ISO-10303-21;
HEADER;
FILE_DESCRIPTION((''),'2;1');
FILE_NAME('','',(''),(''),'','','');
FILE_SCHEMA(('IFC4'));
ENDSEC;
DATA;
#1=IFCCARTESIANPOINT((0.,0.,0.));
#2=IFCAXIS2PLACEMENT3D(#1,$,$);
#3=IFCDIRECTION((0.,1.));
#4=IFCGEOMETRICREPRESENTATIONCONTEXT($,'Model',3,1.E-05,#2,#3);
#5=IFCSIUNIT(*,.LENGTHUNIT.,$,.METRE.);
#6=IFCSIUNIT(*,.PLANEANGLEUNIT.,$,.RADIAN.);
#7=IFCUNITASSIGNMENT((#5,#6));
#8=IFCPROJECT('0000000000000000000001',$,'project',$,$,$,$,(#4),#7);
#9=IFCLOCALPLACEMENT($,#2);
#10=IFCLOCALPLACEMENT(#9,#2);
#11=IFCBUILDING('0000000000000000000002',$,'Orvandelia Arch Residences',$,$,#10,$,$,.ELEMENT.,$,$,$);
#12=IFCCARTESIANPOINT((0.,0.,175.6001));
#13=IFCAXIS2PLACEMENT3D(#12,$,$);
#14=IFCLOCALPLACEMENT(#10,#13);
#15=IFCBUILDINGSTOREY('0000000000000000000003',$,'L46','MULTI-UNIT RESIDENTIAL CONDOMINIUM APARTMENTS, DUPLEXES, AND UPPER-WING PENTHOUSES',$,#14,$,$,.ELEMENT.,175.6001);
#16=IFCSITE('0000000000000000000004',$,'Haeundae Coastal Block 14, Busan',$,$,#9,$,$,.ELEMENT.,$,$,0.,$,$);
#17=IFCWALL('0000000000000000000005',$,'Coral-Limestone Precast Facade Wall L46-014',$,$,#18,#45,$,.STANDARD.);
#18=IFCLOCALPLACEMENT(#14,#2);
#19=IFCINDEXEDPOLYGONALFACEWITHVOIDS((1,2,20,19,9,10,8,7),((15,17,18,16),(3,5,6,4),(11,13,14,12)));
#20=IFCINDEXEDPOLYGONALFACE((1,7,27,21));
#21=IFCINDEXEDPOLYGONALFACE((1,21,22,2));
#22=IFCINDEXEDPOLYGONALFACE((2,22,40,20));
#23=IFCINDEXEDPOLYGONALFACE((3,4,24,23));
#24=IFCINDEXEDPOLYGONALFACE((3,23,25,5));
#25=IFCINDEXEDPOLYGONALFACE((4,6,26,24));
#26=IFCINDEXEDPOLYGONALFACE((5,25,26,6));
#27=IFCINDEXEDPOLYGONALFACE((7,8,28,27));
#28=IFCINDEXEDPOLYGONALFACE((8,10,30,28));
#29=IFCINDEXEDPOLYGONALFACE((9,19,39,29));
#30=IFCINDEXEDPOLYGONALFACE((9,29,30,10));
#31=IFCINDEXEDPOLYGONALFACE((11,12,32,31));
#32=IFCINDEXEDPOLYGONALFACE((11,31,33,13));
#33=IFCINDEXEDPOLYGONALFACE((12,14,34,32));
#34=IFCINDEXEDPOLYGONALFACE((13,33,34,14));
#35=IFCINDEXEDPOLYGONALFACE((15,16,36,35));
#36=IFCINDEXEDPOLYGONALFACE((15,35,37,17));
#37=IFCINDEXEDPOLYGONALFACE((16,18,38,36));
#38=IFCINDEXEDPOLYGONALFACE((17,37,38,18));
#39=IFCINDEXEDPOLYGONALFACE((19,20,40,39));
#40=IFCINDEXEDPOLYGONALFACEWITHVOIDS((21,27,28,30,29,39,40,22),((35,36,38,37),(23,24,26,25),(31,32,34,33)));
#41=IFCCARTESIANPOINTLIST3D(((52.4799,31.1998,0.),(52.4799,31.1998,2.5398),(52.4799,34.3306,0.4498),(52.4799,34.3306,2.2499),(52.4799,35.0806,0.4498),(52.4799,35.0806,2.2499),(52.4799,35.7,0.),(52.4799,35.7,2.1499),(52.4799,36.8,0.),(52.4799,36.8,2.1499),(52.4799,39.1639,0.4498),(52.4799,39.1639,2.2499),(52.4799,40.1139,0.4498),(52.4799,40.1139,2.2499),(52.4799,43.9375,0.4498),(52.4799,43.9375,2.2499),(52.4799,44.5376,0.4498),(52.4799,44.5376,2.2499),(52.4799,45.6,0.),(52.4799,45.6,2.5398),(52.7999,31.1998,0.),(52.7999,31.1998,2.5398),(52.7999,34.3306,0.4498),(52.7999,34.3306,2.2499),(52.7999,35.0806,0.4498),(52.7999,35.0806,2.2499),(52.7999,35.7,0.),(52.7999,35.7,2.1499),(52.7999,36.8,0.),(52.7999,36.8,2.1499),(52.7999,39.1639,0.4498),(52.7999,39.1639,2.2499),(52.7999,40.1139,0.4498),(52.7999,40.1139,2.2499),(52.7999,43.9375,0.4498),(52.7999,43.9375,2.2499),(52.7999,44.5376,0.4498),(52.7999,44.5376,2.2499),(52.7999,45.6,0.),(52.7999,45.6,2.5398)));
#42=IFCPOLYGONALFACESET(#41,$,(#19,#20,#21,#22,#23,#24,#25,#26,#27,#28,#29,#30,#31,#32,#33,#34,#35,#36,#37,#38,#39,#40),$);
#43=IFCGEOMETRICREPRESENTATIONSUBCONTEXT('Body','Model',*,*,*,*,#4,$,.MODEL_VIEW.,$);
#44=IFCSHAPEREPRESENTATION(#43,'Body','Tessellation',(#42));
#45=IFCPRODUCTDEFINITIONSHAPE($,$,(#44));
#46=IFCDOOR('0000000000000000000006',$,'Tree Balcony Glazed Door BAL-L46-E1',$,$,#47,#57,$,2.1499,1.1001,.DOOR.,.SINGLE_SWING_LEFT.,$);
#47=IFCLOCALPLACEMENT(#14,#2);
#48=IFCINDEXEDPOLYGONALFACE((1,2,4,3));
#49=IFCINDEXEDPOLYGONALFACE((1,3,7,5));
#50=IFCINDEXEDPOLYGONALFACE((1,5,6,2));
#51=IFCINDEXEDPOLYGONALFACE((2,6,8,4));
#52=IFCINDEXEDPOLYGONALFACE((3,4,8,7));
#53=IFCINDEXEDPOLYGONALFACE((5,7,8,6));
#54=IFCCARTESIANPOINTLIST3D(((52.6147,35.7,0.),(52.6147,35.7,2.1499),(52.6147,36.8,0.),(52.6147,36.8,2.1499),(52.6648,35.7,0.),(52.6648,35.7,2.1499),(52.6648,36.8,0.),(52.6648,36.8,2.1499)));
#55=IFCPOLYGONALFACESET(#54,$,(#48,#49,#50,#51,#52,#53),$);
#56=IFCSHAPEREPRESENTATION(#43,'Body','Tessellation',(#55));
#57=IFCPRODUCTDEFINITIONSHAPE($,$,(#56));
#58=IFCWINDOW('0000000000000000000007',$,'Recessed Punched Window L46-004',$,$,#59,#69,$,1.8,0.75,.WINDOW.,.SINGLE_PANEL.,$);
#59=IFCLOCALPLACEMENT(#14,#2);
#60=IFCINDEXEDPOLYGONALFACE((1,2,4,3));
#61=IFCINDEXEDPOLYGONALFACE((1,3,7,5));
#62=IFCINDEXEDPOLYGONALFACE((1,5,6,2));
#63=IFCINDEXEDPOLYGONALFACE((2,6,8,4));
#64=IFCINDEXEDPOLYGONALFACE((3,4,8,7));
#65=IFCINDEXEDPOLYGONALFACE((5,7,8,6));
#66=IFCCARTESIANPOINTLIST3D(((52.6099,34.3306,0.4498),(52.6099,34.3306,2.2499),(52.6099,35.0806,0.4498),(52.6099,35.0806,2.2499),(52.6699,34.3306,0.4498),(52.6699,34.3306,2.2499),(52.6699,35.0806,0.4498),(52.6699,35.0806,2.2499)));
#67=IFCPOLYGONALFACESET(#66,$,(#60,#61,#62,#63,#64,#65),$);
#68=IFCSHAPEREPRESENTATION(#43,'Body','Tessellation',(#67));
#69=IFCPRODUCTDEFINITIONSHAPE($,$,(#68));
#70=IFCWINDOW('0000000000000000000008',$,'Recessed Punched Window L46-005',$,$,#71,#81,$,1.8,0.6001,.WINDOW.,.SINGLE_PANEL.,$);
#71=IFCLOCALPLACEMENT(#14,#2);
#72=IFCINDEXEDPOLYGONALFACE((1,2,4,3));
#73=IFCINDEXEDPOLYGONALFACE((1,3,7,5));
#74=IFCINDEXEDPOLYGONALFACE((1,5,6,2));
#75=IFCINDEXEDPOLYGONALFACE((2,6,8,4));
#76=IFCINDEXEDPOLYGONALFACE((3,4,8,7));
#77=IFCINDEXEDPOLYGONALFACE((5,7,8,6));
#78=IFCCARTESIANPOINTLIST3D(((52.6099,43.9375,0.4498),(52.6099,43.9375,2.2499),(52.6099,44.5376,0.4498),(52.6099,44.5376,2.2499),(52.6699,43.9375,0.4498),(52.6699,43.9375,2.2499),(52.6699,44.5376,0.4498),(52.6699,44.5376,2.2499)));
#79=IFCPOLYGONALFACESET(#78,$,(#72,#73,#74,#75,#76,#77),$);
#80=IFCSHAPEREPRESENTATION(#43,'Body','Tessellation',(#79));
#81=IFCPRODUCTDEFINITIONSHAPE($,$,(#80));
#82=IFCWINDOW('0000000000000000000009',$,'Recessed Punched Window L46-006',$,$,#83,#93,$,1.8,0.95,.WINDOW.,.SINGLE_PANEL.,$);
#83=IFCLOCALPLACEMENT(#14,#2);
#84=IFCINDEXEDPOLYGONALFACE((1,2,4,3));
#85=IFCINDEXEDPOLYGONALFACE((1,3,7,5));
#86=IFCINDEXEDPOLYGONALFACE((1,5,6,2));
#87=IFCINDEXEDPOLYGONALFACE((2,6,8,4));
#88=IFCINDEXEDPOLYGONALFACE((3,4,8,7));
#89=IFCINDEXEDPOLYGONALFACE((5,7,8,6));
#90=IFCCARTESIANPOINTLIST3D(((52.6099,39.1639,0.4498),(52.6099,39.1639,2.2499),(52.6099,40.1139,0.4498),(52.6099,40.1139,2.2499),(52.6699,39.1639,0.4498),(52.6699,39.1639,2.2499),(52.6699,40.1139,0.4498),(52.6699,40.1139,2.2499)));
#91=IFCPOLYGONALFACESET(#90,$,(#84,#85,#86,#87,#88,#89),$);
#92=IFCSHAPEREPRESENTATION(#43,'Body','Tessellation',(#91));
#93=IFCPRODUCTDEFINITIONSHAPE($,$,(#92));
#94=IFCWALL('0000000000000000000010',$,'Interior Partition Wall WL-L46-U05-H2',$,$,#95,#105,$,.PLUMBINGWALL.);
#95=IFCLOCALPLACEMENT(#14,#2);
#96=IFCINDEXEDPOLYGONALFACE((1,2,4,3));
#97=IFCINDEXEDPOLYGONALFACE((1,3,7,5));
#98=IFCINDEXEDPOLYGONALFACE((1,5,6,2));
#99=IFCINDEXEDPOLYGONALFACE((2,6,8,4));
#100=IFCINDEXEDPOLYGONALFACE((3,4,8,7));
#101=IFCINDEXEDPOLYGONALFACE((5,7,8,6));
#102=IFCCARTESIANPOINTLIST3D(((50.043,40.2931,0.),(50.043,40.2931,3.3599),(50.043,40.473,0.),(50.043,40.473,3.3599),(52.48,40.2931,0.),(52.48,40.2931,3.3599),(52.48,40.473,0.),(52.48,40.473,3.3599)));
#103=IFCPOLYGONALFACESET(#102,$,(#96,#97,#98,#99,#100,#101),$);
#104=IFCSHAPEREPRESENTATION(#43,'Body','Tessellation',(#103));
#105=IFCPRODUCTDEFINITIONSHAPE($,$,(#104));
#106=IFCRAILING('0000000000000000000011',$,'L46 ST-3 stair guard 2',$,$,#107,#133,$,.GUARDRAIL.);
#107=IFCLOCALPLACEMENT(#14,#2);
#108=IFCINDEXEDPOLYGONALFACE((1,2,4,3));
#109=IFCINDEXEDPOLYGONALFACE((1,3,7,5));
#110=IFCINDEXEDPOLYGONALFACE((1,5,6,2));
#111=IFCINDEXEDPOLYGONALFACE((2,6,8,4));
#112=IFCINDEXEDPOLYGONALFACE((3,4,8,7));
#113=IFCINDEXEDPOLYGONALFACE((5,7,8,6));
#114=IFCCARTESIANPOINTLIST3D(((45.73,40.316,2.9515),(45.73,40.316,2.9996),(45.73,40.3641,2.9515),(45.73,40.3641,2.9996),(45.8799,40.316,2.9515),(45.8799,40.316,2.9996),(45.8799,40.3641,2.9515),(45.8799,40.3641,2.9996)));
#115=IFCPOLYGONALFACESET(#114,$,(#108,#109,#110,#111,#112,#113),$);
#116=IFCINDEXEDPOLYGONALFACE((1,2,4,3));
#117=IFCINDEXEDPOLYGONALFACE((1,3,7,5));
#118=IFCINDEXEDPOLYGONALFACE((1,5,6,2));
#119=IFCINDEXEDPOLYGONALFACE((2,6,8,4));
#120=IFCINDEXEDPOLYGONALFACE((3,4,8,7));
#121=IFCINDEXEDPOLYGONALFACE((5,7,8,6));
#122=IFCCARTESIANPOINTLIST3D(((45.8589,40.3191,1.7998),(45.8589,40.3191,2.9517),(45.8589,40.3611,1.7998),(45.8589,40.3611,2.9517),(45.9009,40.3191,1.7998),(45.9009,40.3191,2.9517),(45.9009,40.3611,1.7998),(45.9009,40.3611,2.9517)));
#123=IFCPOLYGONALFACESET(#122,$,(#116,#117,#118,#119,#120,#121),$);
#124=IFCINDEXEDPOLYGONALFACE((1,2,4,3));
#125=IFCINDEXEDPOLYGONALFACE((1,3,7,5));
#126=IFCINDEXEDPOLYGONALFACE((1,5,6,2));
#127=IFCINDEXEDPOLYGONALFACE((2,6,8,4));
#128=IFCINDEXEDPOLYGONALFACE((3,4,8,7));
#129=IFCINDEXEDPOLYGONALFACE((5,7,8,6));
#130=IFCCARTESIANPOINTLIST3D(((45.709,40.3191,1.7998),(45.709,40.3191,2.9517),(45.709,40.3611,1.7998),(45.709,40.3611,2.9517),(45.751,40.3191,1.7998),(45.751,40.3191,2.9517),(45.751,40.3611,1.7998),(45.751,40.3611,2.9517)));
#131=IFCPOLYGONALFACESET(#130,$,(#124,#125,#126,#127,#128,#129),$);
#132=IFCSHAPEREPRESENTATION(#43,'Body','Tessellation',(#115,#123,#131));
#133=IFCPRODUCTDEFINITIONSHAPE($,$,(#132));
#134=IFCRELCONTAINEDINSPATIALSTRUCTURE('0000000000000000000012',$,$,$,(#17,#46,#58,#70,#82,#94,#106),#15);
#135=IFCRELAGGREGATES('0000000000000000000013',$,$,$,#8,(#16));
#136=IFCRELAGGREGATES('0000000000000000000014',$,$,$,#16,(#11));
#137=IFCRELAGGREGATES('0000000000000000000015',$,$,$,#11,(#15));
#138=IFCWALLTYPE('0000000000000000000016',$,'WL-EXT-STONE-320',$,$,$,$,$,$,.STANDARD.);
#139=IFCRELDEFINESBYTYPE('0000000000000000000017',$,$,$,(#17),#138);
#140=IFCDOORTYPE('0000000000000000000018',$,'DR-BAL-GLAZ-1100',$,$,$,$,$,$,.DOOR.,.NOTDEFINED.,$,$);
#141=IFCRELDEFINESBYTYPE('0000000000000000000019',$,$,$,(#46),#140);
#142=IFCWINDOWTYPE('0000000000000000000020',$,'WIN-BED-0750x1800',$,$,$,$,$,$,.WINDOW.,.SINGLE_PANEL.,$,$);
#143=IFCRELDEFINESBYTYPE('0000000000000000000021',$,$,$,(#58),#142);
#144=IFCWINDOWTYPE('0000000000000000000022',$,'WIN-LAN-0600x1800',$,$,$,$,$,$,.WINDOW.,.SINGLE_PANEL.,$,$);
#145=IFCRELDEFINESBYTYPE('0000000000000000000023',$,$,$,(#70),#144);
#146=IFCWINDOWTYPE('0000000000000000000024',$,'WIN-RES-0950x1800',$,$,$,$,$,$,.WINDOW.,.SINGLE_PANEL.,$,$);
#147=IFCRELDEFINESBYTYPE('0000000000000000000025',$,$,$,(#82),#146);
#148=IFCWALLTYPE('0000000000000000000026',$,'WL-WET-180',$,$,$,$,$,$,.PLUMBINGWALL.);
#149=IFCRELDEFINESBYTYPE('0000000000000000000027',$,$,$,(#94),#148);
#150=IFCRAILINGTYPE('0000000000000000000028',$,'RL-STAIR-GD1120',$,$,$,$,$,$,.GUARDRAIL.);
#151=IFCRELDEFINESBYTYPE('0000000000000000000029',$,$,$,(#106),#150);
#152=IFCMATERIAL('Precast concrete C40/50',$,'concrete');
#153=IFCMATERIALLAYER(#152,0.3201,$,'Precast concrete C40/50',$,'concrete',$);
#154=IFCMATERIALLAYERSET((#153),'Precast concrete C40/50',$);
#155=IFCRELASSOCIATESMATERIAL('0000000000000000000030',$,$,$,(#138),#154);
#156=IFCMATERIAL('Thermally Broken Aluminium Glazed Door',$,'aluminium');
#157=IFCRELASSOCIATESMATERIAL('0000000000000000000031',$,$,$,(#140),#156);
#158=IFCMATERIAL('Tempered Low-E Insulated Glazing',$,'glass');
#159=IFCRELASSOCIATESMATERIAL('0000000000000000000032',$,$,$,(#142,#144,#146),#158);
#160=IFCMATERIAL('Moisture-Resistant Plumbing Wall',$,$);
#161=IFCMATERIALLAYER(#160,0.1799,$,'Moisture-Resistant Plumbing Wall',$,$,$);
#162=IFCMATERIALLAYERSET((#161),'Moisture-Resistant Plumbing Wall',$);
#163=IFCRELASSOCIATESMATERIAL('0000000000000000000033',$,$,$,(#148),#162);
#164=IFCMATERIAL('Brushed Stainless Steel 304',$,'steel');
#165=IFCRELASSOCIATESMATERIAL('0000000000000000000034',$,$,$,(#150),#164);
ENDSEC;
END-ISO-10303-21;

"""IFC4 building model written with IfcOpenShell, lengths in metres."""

from ifc_helpers import new_model, si_unit, direction, frame, frame_2d, origin, origin_2d, place, context, subcontext, project, spatial, rectangle, extrude, material, layer, layer_set, type_object, element, fill, save


model = new_model("IFC4")

# Units and contexts
model_context = context("Model", 3, precision=1e-05, world=origin(), true_north=direction((0.0, 1.0)))
body_context = subcontext(model_context, "Body", "Model", "MODEL_VIEW")
ifc_project = project(units=[si_unit("LENGTHUNIT", "METRE"), si_unit("PLANEANGLEUNIT", "RADIAN")], contexts=[model_context])

# Site, building, storey
site_placement = place(None, origin())
site = spatial("IfcSite", under=ifc_project, at=site_placement, Name="Haeundae Coastal Block 14, Busan", CompositionType="ELEMENT", RefElevation=0.0)
building_placement = place(site_placement, origin())
building = spatial("IfcBuilding", under=site, at=building_placement, Name="Orvandelia Arch Residences", CompositionType="ELEMENT")
storey_placement = place(building_placement, frame((0.0, 0.0, 175.6001)))
storey = spatial("IfcBuildingStorey", under=building, at=storey_placement, Name="L46", Description="MULTI-UNIT RESIDENTIAL CONDOMINIUM APARTMENTS, DUPLEXES, AND UPPER-WING PENTHOUSES", CompositionType="ELEMENT", Elevation=175.6001)

# Shared definitions
ifc_material_1 = material(Name="Precast concrete C40/50", Category="concrete")
ifc_layer_1 = layer(ifc_material_1, 0.3201, Name="Precast concrete C40/50", Category="concrete")
ifc_layer_set_1 = layer_set([ifc_layer_1], Name="Precast concrete C40/50")
wall_type_1 = type_object("IfcWallType", Name="WL-EXT-STONE-320", PredefinedType="STANDARD", material=ifc_layer_set_1)

# Wall, openings, door, windows
wall_1_placement = place(storey_placement, frame((52.6399, 45.6001, 0.0), z_axis=(0.0, 0.0, 1.0), x_axis=(0.0, -1.0, 0.0)))
wall_1 = element("IfcWall", 1, at=wall_1_placement, inside=storey, type_object=wall_type_1, Name="Coral-Limestone Precast Facade Wall L46-014", PredefinedType="STANDARD", context=body_context, shape_type="SweptSolid", body=[
    extrude(rectangle(XDim=14.4001, YDim=0.3201, at=frame_2d((7.2002, 0.0))), origin(), (0.0, 0.0, 1.0), 2.5398),
])
opening_1_placement = place(wall_1_placement, frame((8.8, 0.0, 0.0)))
opening_1 = element("IfcOpeningElement", 2, at=opening_1_placement, cuts=wall_1, PredefinedType="OPENING", context=body_context, shape_type="SweptSolid", body=[
    extrude(rectangle(XDim=1.1001, YDim=2.1499, at=frame_2d((0.55, 1.075))), frame((0.0, 0.1699, 0.0), z_axis=(0.0, -1.0, 0.0), x_axis=(1.0, 0.0, 0.0)), (0.0, 0.0, 1.0), 0.3401),
])
opening_2_placement = place(wall_1_placement, frame((10.5195, 0.0, 0.45)))
opening_2 = element("IfcOpeningElement", 3, at=opening_2_placement, cuts=wall_1, PredefinedType="OPENING", context=body_context, shape_type="SweptSolid", body=[
    extrude(rectangle(XDim=0.75, YDim=1.8, at=frame_2d((0.375, 0.8999))), frame((0.0, 0.1699, 0.0), z_axis=(0.0, -1.0, 0.0), x_axis=(1.0, 0.0, 0.0)), (0.0, 0.0, 1.0), 0.3401),
])
opening_3_placement = place(wall_1_placement, frame((1.0625, 0.0, 0.45)))
opening_3 = element("IfcOpeningElement", 4, at=opening_3_placement, cuts=wall_1, PredefinedType="OPENING", context=body_context, shape_type="SweptSolid", body=[
    extrude(rectangle(XDim=0.6001, YDim=1.8, at=frame_2d((0.3, 0.8999))), frame((0.0, 0.1699, 0.0), z_axis=(0.0, -1.0, 0.0), x_axis=(1.0, 0.0, 0.0)), (0.0, 0.0, 1.0), 0.3401),
])
opening_4_placement = place(wall_1_placement, frame((5.4861, 0.0, 0.45)))
opening_4 = element("IfcOpeningElement", 5, at=opening_4_placement, cuts=wall_1, PredefinedType="OPENING", context=body_context, shape_type="SweptSolid", body=[
    extrude(rectangle(XDim=0.95, YDim=1.8, at=frame_2d((0.4751, 0.8999))), frame((0.0, 0.1699, 0.0), z_axis=(0.0, -1.0, 0.0), x_axis=(1.0, 0.0, 0.0)), (0.0, 0.0, 1.0), 0.3401),
])
ifc_material_2 = material(Name="Thermally Broken Aluminium Glazed Door", Category="aluminium")
door_type_1 = type_object("IfcDoorType", Name="DR-BAL-GLAZ-1100", OperationType="NOTDEFINED", PredefinedType="DOOR", material=ifc_material_2)
door_1_placement = place(opening_1_placement, origin())
door_1 = element("IfcDoor", 6, at=door_1_placement, inside=storey, type_object=door_type_1, Name="Tree Balcony Glazed Door BAL-L46-E1", OperationType="SINGLE_SWING_LEFT", OverallHeight=2.1499, OverallWidth=1.1001, PredefinedType="DOOR", context=body_context, shape_type="SweptSolid", body=[
    extrude(rectangle(XDim=1.1001, YDim=2.1499, at=frame_2d((0.55, 1.075))), frame((0.0, 0.0249, 0.0), z_axis=(0.0, -1.0, 0.0), x_axis=(1.0, 0.0, 0.0)), (0.0, 0.0, 1.0), 0.05),
])
fill(opening_1, door_1)
ifc_material_3 = material(Name="Tempered Low-E Insulated Glazing", Category="glass")
window_type_1 = type_object("IfcWindowType", Name="WIN-BED-0750x1800", PartitioningType="SINGLE_PANEL", PredefinedType="WINDOW", material=ifc_material_3)
window_1_placement = place(opening_2_placement, origin())
window_1 = element("IfcWindow", 7, at=window_1_placement, inside=storey, type_object=window_type_1, Name="Recessed Punched Window L46-004", OverallHeight=1.8, OverallWidth=0.75, PartitioningType="SINGLE_PANEL", PredefinedType="WINDOW", context=body_context, shape_type="SweptSolid", body=[
    extrude(rectangle(XDim=0.75, YDim=1.8, at=frame_2d((0.375, 0.8999))), frame((0.0, 0.03, 0.0), z_axis=(0.0, -1.0, 0.0), x_axis=(1.0, 0.0, 0.0)), (0.0, 0.0, 1.0), 0.0601),
])
fill(opening_2, window_1)
window_type_2 = type_object("IfcWindowType", Name="WIN-LAN-0600x1800", PartitioningType="SINGLE_PANEL", PredefinedType="WINDOW", material=ifc_material_3)
window_2_placement = place(opening_3_placement, origin())
window_2 = element("IfcWindow", 8, at=window_2_placement, inside=storey, type_object=window_type_2, Name="Recessed Punched Window L46-005", OverallHeight=1.8, OverallWidth=0.6001, PartitioningType="SINGLE_PANEL", PredefinedType="WINDOW", context=body_context, shape_type="SweptSolid", body=[
    extrude(rectangle(XDim=0.6001, YDim=1.8, at=frame_2d((0.3, 0.8999))), frame((0.0, 0.03, 0.0), z_axis=(0.0, -1.0, 0.0), x_axis=(1.0, 0.0, 0.0)), (0.0, 0.0, 1.0), 0.0601),
])
fill(opening_3, window_2)
window_type_3 = type_object("IfcWindowType", Name="WIN-RES-0950x1800", PartitioningType="SINGLE_PANEL", PredefinedType="WINDOW", material=ifc_material_3)
window_3_placement = place(opening_4_placement, origin())
window_3 = element("IfcWindow", 9, at=window_3_placement, inside=storey, type_object=window_type_3, Name="Recessed Punched Window L46-006", OverallHeight=1.8, OverallWidth=0.95, PartitioningType="SINGLE_PANEL", PredefinedType="WINDOW", context=body_context, shape_type="SweptSolid", body=[
    extrude(rectangle(XDim=0.95, YDim=1.8, at=frame_2d((0.4751, 0.8999))), frame((0.0, 0.03, 0.0), z_axis=(0.0, -1.0, 0.0), x_axis=(1.0, 0.0, 0.0)), (0.0, 0.0, 1.0), 0.0601),
])
fill(opening_4, window_3)

# Wall
ifc_material_4 = material(Name="Moisture-Resistant Plumbing Wall")
ifc_layer_2 = layer(ifc_material_4, 0.1799, Name="Moisture-Resistant Plumbing Wall")
ifc_layer_set_2 = layer_set([ifc_layer_2], Name="Moisture-Resistant Plumbing Wall")
wall_type_2 = type_object("IfcWallType", Name="WL-WET-180", PredefinedType="PLUMBINGWALL", material=ifc_layer_set_2)
wall_2_placement = place(storey_placement, frame((50.043, 40.3831, 0.0), z_axis=(0.0, 0.0, 1.0), x_axis=(1.0, 0.0, 0.0)))
element("IfcWall", 10, at=wall_2_placement, inside=storey, type_object=wall_type_2, Name="Interior Partition Wall WL-L46-U05-H2", PredefinedType="PLUMBINGWALL", context=body_context, shape_type="SweptSolid", body=[
    extrude(rectangle(XDim=2.437, YDim=0.1799, at=frame_2d((1.2185, 0.0))), origin(), (0.0, 0.0, 1.0), 3.3599),
])

# Railing
ifc_material_5 = material(Name="Brushed Stainless Steel 304", Category="steel")
railing_type = type_object("IfcRailingType", Name="RL-STAIR-GD1120", PredefinedType="GUARDRAIL", material=ifc_material_5)
railing_placement = place(storey_placement, frame((45.8799, 40.3401, 1.7998)))
element("IfcRailing", 11, at=railing_placement, inside=storey, type_object=railing_type, Name="L46 ST-3 stair guard 2", PredefinedType="GUARDRAIL", context=body_context, shape_type="SweptSolid", body=[
    extrude(rectangle(XDim=0.0481, YDim=0.0481, at=origin_2d()), frame((0.0, 0.0, 1.1758), z_axis=(-1.0, 0.0, 0.0), x_axis=(0.0, -1.0, 0.0)), (0.0, 0.0, 1.0), 0.1499),
    extrude(rectangle(XDim=0.042, YDim=0.042, at=origin_2d()), origin(), (0.0, 0.0, 1.0), 1.1519),
    extrude(rectangle(XDim=0.042, YDim=0.042, at=origin_2d()), frame((-0.1499, 0.0, 0.0)), (0.0, 0.0, 1.0), 1.1519),
])

save(model, "model.ifc")
